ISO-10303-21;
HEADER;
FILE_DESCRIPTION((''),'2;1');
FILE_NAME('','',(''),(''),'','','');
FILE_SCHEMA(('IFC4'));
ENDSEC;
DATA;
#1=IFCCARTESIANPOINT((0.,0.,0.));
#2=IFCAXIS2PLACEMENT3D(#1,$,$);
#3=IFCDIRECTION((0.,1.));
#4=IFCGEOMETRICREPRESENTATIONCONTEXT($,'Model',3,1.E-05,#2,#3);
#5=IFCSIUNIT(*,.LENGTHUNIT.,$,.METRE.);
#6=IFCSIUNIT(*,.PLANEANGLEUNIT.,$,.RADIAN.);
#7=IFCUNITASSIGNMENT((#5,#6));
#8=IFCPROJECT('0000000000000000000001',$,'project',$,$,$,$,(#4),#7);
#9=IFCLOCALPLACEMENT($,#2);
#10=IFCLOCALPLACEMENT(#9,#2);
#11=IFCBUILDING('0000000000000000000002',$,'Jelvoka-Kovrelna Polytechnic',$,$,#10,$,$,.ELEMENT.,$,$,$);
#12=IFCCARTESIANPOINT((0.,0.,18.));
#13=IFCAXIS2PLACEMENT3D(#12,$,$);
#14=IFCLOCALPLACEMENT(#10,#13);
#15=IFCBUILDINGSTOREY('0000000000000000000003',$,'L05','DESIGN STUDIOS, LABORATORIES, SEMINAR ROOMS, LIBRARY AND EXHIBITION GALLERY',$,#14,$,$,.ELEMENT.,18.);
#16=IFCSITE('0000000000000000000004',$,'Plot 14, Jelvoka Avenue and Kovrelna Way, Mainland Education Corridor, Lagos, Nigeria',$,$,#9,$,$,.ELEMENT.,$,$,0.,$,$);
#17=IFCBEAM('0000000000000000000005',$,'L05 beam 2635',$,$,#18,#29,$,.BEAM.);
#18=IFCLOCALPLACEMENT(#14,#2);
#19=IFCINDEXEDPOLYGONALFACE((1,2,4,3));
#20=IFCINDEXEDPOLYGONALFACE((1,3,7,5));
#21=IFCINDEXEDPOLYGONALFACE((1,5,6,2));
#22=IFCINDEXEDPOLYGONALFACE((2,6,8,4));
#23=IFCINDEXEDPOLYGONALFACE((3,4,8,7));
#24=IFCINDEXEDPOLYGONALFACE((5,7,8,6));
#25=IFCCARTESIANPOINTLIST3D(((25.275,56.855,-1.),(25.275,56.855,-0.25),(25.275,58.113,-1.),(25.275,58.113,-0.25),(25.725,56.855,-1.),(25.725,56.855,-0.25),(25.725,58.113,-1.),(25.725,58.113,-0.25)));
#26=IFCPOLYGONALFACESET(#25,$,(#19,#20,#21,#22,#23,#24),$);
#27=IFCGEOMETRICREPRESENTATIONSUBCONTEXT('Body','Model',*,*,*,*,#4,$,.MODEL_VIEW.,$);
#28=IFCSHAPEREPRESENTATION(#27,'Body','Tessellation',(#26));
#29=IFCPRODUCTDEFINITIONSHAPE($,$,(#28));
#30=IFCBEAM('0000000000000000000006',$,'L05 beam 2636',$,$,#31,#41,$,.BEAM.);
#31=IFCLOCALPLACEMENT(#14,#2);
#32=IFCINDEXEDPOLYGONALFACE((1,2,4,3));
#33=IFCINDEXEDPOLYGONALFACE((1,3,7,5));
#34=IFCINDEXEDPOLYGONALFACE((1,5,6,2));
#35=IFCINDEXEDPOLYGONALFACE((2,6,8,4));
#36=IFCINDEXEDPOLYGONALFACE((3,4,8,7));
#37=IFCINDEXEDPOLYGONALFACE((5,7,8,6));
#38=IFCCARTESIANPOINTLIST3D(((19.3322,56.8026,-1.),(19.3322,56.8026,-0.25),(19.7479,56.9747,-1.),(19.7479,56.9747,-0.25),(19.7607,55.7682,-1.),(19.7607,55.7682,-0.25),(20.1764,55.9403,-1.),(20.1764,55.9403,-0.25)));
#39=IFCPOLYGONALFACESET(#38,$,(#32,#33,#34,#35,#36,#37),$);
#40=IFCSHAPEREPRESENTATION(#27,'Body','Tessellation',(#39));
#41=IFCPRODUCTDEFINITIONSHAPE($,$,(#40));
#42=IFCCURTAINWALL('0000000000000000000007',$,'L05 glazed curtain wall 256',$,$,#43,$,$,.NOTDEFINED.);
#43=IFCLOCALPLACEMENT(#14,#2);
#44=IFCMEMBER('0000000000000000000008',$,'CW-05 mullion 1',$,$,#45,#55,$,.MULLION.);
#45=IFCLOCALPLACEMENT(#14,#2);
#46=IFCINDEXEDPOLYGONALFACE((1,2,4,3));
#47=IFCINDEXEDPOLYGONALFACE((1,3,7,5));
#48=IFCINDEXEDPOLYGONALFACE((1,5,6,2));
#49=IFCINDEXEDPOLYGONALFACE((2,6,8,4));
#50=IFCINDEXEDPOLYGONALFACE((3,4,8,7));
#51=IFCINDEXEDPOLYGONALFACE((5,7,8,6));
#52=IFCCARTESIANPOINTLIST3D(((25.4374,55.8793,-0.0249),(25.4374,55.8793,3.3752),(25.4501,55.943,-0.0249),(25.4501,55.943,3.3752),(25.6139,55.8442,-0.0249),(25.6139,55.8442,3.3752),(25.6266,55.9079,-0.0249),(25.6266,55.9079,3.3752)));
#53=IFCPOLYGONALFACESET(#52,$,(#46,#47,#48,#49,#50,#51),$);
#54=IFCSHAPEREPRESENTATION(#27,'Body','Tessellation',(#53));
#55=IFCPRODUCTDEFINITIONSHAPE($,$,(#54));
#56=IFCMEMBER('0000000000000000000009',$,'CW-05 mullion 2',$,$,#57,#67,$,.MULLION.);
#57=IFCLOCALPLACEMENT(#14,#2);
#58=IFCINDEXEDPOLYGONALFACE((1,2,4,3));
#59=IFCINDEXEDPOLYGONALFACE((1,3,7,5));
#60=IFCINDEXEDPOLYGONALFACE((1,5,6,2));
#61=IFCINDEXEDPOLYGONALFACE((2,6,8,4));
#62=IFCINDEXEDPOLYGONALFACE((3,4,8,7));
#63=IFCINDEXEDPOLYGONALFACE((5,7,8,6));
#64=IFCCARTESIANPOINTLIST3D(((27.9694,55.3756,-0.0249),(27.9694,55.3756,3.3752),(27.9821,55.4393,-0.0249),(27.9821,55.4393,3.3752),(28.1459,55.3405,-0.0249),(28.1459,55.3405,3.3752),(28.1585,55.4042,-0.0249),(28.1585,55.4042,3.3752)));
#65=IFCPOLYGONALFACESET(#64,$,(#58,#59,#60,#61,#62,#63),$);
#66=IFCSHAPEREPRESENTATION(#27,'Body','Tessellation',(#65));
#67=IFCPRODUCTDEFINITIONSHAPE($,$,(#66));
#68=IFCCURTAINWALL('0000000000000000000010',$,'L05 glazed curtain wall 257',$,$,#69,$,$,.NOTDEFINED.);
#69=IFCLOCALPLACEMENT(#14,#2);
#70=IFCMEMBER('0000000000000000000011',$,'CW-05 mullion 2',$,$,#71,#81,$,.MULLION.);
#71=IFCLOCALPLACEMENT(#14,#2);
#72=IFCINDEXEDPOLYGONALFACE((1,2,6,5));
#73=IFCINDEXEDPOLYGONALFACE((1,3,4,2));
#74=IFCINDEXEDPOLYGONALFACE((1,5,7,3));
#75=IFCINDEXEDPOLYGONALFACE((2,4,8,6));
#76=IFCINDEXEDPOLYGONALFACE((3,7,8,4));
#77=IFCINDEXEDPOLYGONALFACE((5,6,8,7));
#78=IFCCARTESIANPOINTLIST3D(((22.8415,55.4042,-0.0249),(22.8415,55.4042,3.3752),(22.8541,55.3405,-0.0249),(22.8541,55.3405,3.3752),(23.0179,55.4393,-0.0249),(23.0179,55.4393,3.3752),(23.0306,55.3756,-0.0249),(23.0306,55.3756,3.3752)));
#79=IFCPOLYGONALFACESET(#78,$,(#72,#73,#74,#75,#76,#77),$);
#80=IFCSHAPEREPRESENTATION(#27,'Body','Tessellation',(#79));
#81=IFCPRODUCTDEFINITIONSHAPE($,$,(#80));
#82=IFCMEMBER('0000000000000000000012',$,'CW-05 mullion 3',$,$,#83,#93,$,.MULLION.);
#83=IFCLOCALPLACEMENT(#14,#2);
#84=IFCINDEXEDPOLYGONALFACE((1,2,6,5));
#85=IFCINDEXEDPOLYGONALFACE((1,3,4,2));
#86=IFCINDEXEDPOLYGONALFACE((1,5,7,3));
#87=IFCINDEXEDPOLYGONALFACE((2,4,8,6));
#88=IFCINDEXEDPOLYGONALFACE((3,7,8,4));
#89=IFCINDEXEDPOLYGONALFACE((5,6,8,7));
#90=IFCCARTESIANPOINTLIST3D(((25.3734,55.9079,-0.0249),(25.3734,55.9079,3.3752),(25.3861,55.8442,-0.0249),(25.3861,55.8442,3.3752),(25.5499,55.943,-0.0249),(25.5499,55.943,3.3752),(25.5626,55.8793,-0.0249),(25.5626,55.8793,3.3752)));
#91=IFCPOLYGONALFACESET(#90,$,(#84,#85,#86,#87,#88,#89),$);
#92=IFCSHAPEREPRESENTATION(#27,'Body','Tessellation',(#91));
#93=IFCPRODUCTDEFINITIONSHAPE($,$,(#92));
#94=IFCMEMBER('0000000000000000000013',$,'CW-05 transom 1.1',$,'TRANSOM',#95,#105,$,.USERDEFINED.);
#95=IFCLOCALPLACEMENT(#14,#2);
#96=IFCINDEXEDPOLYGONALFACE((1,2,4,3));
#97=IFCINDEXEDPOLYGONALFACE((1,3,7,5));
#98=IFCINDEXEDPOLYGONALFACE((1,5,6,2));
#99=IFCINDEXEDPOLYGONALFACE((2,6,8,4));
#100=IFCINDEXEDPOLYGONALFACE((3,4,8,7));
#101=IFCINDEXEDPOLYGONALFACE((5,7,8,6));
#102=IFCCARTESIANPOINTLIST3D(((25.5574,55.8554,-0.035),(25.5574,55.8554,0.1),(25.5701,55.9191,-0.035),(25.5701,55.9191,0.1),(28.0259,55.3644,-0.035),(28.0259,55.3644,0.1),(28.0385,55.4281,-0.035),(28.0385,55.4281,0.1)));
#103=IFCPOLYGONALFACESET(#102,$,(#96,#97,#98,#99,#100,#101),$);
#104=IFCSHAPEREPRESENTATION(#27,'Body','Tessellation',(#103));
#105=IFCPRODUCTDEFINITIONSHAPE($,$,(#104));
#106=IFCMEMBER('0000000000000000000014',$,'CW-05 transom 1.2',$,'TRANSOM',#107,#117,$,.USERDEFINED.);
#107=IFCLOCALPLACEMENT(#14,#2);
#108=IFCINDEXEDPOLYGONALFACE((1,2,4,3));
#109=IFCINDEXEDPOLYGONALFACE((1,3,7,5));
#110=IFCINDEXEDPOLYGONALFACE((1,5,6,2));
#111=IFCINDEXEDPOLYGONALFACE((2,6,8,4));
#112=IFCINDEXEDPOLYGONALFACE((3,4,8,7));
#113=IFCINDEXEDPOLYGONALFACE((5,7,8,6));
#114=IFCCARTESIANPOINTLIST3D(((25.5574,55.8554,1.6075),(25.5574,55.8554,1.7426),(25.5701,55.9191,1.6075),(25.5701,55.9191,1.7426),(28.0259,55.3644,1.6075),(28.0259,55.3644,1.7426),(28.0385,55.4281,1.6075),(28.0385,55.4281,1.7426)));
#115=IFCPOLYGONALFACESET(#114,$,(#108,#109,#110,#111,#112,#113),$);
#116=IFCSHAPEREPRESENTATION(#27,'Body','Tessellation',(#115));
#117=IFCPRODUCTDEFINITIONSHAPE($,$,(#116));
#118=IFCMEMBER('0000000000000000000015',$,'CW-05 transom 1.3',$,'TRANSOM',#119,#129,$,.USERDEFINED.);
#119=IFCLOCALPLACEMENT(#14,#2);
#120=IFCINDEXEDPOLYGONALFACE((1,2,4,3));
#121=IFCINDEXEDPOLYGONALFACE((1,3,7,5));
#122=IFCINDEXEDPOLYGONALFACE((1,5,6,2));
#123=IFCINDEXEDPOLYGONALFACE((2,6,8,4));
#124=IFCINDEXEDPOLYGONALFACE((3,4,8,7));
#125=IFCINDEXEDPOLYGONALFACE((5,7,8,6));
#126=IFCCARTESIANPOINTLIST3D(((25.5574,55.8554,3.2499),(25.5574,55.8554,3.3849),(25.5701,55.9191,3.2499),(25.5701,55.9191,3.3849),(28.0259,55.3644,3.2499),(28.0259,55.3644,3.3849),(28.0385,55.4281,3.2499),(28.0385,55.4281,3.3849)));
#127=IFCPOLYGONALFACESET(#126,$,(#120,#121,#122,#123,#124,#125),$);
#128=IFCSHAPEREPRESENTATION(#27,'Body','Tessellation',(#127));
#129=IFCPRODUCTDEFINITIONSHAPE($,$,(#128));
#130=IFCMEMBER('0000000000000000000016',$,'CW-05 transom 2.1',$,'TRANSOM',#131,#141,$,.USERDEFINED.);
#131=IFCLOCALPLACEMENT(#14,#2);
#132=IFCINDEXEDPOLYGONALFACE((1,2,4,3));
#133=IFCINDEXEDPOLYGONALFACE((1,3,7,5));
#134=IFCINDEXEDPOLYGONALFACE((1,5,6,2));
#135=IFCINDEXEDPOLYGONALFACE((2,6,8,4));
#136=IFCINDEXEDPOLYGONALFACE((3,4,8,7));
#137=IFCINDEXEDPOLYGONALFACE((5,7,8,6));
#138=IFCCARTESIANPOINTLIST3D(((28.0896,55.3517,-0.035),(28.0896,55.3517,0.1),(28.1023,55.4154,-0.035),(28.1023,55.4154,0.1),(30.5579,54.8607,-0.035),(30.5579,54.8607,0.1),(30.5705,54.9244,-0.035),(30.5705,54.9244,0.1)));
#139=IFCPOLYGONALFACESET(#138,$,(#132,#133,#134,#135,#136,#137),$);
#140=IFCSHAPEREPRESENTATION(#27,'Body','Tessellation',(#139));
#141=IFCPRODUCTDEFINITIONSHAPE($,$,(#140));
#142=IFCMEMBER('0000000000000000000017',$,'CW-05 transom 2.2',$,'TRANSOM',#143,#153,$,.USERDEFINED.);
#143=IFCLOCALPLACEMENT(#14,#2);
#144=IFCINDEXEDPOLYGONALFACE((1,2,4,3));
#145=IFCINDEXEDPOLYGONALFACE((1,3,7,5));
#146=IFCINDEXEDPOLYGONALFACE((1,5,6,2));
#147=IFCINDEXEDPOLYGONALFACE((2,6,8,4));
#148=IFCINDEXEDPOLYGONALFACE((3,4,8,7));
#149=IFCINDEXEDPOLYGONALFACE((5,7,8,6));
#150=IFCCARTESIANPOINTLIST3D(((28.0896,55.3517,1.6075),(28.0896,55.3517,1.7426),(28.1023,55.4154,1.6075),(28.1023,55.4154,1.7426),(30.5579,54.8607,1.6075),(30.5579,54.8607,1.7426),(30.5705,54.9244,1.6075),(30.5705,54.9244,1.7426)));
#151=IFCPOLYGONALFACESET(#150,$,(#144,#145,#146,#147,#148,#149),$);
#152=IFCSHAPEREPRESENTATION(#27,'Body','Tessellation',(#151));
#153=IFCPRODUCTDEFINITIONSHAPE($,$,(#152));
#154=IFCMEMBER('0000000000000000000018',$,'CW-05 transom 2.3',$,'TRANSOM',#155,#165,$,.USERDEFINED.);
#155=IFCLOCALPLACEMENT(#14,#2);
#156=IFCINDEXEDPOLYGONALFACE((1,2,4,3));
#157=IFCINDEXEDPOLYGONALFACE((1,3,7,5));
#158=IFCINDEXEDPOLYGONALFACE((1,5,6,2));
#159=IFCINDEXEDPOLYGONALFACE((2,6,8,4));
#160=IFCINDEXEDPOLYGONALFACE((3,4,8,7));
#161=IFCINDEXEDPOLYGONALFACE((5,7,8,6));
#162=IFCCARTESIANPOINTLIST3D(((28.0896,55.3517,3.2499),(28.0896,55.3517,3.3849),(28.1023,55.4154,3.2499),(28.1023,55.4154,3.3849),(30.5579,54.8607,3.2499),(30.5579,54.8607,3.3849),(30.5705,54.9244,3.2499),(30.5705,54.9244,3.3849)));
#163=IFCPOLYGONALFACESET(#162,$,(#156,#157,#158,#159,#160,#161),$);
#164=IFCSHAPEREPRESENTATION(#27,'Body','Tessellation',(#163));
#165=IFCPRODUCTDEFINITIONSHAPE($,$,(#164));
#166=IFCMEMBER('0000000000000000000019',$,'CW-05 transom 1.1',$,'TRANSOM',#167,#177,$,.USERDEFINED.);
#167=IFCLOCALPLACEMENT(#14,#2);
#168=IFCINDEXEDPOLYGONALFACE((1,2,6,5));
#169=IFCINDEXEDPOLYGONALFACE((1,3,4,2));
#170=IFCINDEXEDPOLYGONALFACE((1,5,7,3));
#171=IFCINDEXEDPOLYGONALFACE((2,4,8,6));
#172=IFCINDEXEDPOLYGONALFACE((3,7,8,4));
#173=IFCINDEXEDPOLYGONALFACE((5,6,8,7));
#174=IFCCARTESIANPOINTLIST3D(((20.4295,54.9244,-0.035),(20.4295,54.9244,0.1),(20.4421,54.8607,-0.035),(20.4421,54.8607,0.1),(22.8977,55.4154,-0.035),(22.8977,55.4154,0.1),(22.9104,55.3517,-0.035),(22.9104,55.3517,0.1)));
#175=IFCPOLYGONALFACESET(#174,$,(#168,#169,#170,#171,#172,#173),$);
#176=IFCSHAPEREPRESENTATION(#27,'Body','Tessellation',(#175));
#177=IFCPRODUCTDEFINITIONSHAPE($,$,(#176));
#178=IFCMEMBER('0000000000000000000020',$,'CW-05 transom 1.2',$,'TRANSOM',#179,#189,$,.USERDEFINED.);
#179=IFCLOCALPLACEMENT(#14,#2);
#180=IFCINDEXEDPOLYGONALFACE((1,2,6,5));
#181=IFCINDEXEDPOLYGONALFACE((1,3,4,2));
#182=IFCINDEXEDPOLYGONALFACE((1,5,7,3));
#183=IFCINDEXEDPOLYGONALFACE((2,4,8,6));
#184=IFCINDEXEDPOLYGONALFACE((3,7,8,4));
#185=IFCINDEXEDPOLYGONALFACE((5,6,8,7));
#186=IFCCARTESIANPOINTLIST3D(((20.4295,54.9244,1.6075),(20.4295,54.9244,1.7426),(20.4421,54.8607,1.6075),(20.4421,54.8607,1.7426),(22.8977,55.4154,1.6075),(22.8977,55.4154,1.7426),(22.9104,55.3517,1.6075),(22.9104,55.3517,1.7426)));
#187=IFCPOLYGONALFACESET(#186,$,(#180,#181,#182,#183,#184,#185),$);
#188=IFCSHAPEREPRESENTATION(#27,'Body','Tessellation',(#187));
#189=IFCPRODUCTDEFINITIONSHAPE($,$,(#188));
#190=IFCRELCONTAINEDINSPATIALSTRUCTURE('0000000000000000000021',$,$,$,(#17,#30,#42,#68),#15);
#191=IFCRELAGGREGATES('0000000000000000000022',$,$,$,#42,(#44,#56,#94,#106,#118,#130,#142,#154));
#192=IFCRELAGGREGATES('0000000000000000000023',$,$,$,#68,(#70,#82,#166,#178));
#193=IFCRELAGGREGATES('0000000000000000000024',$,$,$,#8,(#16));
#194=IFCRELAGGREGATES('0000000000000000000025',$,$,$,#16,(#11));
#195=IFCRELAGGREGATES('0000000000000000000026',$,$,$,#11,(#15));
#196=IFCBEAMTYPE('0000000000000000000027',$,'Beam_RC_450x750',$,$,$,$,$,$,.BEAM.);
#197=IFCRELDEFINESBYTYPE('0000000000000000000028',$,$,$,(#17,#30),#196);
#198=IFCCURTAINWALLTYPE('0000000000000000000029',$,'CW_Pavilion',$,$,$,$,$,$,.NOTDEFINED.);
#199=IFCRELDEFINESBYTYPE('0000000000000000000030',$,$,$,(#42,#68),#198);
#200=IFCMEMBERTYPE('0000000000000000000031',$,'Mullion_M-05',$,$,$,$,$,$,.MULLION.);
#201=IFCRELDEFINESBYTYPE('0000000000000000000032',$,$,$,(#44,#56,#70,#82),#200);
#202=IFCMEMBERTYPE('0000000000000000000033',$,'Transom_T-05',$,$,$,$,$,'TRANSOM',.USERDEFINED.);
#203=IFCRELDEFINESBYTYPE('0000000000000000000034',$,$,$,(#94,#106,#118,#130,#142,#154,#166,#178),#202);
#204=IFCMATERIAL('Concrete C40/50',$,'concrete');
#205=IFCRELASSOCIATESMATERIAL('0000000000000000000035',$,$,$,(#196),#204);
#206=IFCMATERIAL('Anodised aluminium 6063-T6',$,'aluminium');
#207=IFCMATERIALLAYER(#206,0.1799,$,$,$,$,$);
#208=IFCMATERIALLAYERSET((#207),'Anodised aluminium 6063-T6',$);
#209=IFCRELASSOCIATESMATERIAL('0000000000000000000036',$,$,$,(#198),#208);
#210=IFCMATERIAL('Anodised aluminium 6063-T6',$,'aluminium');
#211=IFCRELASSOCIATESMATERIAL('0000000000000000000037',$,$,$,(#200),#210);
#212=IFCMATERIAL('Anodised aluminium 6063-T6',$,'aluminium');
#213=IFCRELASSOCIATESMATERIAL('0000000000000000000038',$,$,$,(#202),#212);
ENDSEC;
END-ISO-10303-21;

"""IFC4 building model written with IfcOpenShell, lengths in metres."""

from ifc_helpers import new_model, si_unit, direction, frame, origin, origin_2d, place, context, subcontext, project, spatial, rectangle, extrude, material, layer, layer_set, material_profile, profile_set, type_object, element, aggregate, save


model = new_model("IFC4")

# Units and contexts
model_context = context("Model", 3, precision=1e-05, world=origin(), true_north=direction((0.0, 1.0)))
body_context = subcontext(model_context, "Body", "Model", "MODEL_VIEW")
ifc_project = project(units=[si_unit("LENGTHUNIT", "METRE"), si_unit("PLANEANGLEUNIT", "RADIAN")], contexts=[model_context])

# Site, building, storey
site_placement = place(None, origin())
site = spatial("IfcSite", under=ifc_project, at=site_placement, Name="Plot 14, Jelvoka Avenue and Kovrelna Way, Mainland Education Corridor, Lagos, Nigeria", CompositionType="ELEMENT", RefElevation=0.0)
building_placement = place(site_placement, origin())
building = spatial("IfcBuilding", under=site, at=building_placement, Name="Jelvoka-Kovrelna Polytechnic", CompositionType="ELEMENT")
storey_placement = place(building_placement, frame((0.0, 0.0, 18.0)))
storey = spatial("IfcBuildingStorey", under=building, at=storey_placement, Name="L05", Description="DESIGN STUDIOS, LABORATORIES, SEMINAR ROOMS, LIBRARY AND EXHIBITION GALLERY", CompositionType="ELEMENT", Elevation=18.0)

# Beams
ifc_material_1 = material(Name="Concrete C40/50", Category="concrete")
ifc_material_profile_1 = material_profile(ifc_material_1, rectangle(XDim=0.45, YDim=0.75, at=origin_2d()), Name="RC 450x750")
ifc_profile_set_1 = profile_set([ifc_material_profile_1], Name="Concrete C40/50")
beam_type_1 = type_object("IfcBeamType", Name="Beam_RC_450x750", PredefinedType="BEAM", material=ifc_profile_set_1)
beam_1_placement = place(storey_placement, frame((25.5, 56.855, -0.625), z_axis=(0.0, 1.0, 0.0), x_axis=(-1.0, 0.0, 0.0)))
element("IfcBeam", 1, at=beam_1_placement, inside=storey, type_object=beam_type_1, Name="L05 beam 2635", PredefinedType="BEAM", context=body_context, shape_type="SweptSolid", body=[
    extrude(rectangle(XDim=0.45, YDim=0.75, at=origin_2d()), origin(), (0.0, 0.0, 1.0), 1.2581),
])
beam_2_placement = place(storey_placement, frame((19.9685, 55.8542, -0.625), z_axis=(-0.382679, 0.923881, 0.0), x_axis=(-0.923881, -0.382679, 0.0)))
element("IfcBeam", 2, at=beam_2_placement, inside=storey, type_object=beam_type_1, Name="L05 beam 2636", PredefinedType="BEAM", context=body_context, shape_type="SweptSolid", body=[
    extrude(rectangle(XDim=0.45, YDim=0.75, at=origin_2d()), origin(), (0.0, 0.0, 1.0), 1.1196),
])

# Curtain walls, members
ifc_material_2 = material(Name="Anodised aluminium 6063-T6", Category="aluminium")
ifc_layer_1 = layer(ifc_material_2, 0.1799)
ifc_layer_set_1 = layer_set([ifc_layer_1], Name="Anodised aluminium 6063-T6")
curtain_wall_type = type_object("IfcCurtainWallType", Name="CW_Pavilion", PredefinedType="NOTDEFINED", material=ifc_layer_set_1)
curtain_wall_1_placement = place(storey_placement, origin())
curtain_wall_1 = element("IfcCurtainWall", 3, at=curtain_wall_1_placement, inside=storey, type_object=curtain_wall_type, Name="L05 glazed curtain wall 256", PredefinedType="NOTDEFINED")
ifc_material_3 = material(Name="Anodised aluminium 6063-T6", Category="aluminium")
ifc_material_profile_2 = material_profile(ifc_material_3, rectangle(XDim=0.0649, YDim=0.1799, at=origin_2d()), Name="ALU 65x180")
ifc_profile_set_2 = profile_set([ifc_material_profile_2], Name="Anodised aluminium 6063-T6")
member_type_1 = type_object("IfcMemberType", Name="Mullion_M-05", PredefinedType="MULLION", material=ifc_profile_set_2)
member_1_placement = place(storey_placement, frame((25.532, 55.8936, -0.0249), z_axis=(0.0, 0.0, 1.0), x_axis=(0.195086, 0.980786, 0.0)))
member_1 = element("IfcMember", 4, at=member_1_placement, type_object=member_type_1, Name="CW-05 mullion 1", PredefinedType="MULLION", context=body_context, shape_type="SweptSolid", body=[
    extrude(rectangle(XDim=0.0649, YDim=0.1799, at=origin_2d()), origin(), (0.0, 0.0, 1.0), 3.4001),
])
member_2_placement = place(storey_placement, frame((28.064, 55.3899, -0.0249), z_axis=(0.0, 0.0, 1.0), x_axis=(0.195086, 0.980786, 0.0)))
member_2 = element("IfcMember", 5, at=member_2_placement, type_object=member_type_1, Name="CW-05 mullion 2", PredefinedType="MULLION", context=body_context, shape_type="SweptSolid", body=[
    extrude(rectangle(XDim=0.0649, YDim=0.1799, at=origin_2d()), origin(), (0.0, 0.0, 1.0), 3.4001),
])
curtain_wall_2_placement = place(storey_placement, origin())
curtain_wall_2 = element("IfcCurtainWall", 6, at=curtain_wall_2_placement, inside=storey, type_object=curtain_wall_type, Name="L05 glazed curtain wall 257", PredefinedType="NOTDEFINED")
member_3_placement = place(storey_placement, frame((22.936, 55.3899, -0.0249), z_axis=(0.0, 0.0, 1.0), x_axis=(-0.195086, 0.980786, 0.0)))
member_3 = element("IfcMember", 7, at=member_3_placement, type_object=member_type_1, Name="CW-05 mullion 2", PredefinedType="MULLION", context=body_context, shape_type="SweptSolid", body=[
    extrude(rectangle(XDim=0.0649, YDim=0.1799, at=origin_2d()), origin(), (0.0, 0.0, 1.0), 3.4001),
])
member_4_placement = place(storey_placement, frame((25.468, 55.8936, -0.0249), z_axis=(0.0, 0.0, 1.0), x_axis=(-0.195086, 0.980786, 0.0)))
member_4 = element("IfcMember", 8, at=member_4_placement, type_object=member_type_1, Name="CW-05 mullion 3", PredefinedType="MULLION", context=body_context, shape_type="SweptSolid", body=[
    extrude(rectangle(XDim=0.0649, YDim=0.1799, at=origin_2d()), origin(), (0.0, 0.0, 1.0), 3.4001),
])

# Members
ifc_material_4 = material(Name="Anodised aluminium 6063-T6", Category="aluminium")
ifc_material_profile_3 = material_profile(ifc_material_4, rectangle(XDim=0.0649, YDim=0.135, at=origin_2d()), Name="ALU 65x135")
ifc_profile_set_3 = profile_set([ifc_material_profile_3], Name="Anodised aluminium 6063-T6")
member_type_2 = type_object("IfcMemberType", Name="Transom_T-05", ElementType="TRANSOM", PredefinedType="USERDEFINED", material=ifc_profile_set_3)
member_5_placement = place(storey_placement, frame((25.5637, 55.8872, 0.0325), z_axis=(0.980789, -0.195071, 0.0), x_axis=(0.195071, 0.980789, 0.0)))
member_5 = element("IfcMember", 9, at=member_5_placement, type_object=member_type_2, Name="CW-05 transom 1.1", ObjectType="TRANSOM", PredefinedType="USERDEFINED", context=body_context, shape_type="SweptSolid", body=[
    extrude(rectangle(XDim=0.0649, YDim=0.135, at=origin_2d()), origin(), (0.0, 0.0, 1.0), 2.5168),
])
member_6_placement = place(storey_placement, frame((25.5637, 55.8872, 1.675), z_axis=(0.980789, -0.195071, 0.0), x_axis=(0.195071, 0.980789, 0.0)))
member_6 = element("IfcMember", 10, at=member_6_placement, type_object=member_type_2, Name="CW-05 transom 1.2", ObjectType="TRANSOM", PredefinedType="USERDEFINED", context=body_context, shape_type="SweptSolid", body=[
    extrude(rectangle(XDim=0.0649, YDim=0.135, at=origin_2d()), origin(), (0.0, 0.0, 1.0), 2.5168),
])
member_7_placement = place(storey_placement, frame((25.5637, 55.8872, 3.3174), z_axis=(0.980789, -0.195071, 0.0), x_axis=(0.195071, 0.980789, 0.0)))
member_7 = element("IfcMember", 11, at=member_7_placement, type_object=member_type_2, Name="CW-05 transom 1.3", ObjectType="TRANSOM", PredefinedType="USERDEFINED", context=body_context, shape_type="SweptSolid", body=[
    extrude(rectangle(XDim=0.0649, YDim=0.135, at=origin_2d()), origin(), (0.0, 0.0, 1.0), 2.5168),
])
member_8_placement = place(storey_placement, frame((28.0959, 55.3835, 0.0325), z_axis=(0.980785, -0.19509, 0.0), x_axis=(0.19509, 0.980785, 0.0)))
member_8 = element("IfcMember", 12, at=member_8_placement, type_object=member_type_2, Name="CW-05 transom 2.1", ObjectType="TRANSOM", PredefinedType="USERDEFINED", context=body_context, shape_type="SweptSolid", body=[
    extrude(rectangle(XDim=0.0649, YDim=0.135, at=origin_2d()), origin(), (0.0, 0.0, 1.0), 2.5166),
])
member_9_placement = place(storey_placement, frame((28.0959, 55.3835, 1.675), z_axis=(0.980785, -0.19509, 0.0), x_axis=(0.19509, 0.980785, 0.0)))
member_9 = element("IfcMember", 13, at=member_9_placement, type_object=member_type_2, Name="CW-05 transom 2.2", ObjectType="TRANSOM", PredefinedType="USERDEFINED", context=body_context, shape_type="SweptSolid", body=[
    extrude(rectangle(XDim=0.0649, YDim=0.135, at=origin_2d()), origin(), (0.0, 0.0, 1.0), 2.5166),
])
member_10_placement = place(storey_placement, frame((28.0959, 55.3835, 3.3174), z_axis=(0.980785, -0.19509, 0.0), x_axis=(0.19509, 0.980785, 0.0)))
member_10 = element("IfcMember", 14, at=member_10_placement, type_object=member_type_2, Name="CW-05 transom 2.3", ObjectType="TRANSOM", PredefinedType="USERDEFINED", context=body_context, shape_type="SweptSolid", body=[
    extrude(rectangle(XDim=0.0649, YDim=0.135, at=origin_2d()), origin(), (0.0, 0.0, 1.0), 2.5166),
])
member_11_placement = place(storey_placement, frame((20.4358, 54.8926, 0.0325), z_axis=(0.980785, 0.19509, 0.0), x_axis=(-0.19509, 0.980785, 0.0)))
member_11 = element("IfcMember", 15, at=member_11_placement, type_object=member_type_2, Name="CW-05 transom 1.1", ObjectType="TRANSOM", PredefinedType="USERDEFINED", context=body_context, shape_type="SweptSolid", body=[
    extrude(rectangle(XDim=0.0649, YDim=0.135, at=origin_2d()), origin(), (0.0, 0.0, 1.0), 2.5166),
])
member_12_placement = place(storey_placement, frame((20.4358, 54.8926, 1.675), z_axis=(0.980785, 0.19509, 0.0), x_axis=(-0.19509, 0.980785, 0.0)))
member_12 = element("IfcMember", 16, at=member_12_placement, type_object=member_type_2, Name="CW-05 transom 1.2", ObjectType="TRANSOM", PredefinedType="USERDEFINED", context=body_context, shape_type="SweptSolid", body=[
    extrude(rectangle(XDim=0.0649, YDim=0.135, at=origin_2d()), origin(), (0.0, 0.0, 1.0), 2.5166),
])

aggregate(curtain_wall_1, [member_1, member_2, member_5, member_6, member_7, member_8, member_9, member_10])
aggregate(curtain_wall_2, [member_3, member_4, member_11, member_12])

save(model, "model.ifc")
